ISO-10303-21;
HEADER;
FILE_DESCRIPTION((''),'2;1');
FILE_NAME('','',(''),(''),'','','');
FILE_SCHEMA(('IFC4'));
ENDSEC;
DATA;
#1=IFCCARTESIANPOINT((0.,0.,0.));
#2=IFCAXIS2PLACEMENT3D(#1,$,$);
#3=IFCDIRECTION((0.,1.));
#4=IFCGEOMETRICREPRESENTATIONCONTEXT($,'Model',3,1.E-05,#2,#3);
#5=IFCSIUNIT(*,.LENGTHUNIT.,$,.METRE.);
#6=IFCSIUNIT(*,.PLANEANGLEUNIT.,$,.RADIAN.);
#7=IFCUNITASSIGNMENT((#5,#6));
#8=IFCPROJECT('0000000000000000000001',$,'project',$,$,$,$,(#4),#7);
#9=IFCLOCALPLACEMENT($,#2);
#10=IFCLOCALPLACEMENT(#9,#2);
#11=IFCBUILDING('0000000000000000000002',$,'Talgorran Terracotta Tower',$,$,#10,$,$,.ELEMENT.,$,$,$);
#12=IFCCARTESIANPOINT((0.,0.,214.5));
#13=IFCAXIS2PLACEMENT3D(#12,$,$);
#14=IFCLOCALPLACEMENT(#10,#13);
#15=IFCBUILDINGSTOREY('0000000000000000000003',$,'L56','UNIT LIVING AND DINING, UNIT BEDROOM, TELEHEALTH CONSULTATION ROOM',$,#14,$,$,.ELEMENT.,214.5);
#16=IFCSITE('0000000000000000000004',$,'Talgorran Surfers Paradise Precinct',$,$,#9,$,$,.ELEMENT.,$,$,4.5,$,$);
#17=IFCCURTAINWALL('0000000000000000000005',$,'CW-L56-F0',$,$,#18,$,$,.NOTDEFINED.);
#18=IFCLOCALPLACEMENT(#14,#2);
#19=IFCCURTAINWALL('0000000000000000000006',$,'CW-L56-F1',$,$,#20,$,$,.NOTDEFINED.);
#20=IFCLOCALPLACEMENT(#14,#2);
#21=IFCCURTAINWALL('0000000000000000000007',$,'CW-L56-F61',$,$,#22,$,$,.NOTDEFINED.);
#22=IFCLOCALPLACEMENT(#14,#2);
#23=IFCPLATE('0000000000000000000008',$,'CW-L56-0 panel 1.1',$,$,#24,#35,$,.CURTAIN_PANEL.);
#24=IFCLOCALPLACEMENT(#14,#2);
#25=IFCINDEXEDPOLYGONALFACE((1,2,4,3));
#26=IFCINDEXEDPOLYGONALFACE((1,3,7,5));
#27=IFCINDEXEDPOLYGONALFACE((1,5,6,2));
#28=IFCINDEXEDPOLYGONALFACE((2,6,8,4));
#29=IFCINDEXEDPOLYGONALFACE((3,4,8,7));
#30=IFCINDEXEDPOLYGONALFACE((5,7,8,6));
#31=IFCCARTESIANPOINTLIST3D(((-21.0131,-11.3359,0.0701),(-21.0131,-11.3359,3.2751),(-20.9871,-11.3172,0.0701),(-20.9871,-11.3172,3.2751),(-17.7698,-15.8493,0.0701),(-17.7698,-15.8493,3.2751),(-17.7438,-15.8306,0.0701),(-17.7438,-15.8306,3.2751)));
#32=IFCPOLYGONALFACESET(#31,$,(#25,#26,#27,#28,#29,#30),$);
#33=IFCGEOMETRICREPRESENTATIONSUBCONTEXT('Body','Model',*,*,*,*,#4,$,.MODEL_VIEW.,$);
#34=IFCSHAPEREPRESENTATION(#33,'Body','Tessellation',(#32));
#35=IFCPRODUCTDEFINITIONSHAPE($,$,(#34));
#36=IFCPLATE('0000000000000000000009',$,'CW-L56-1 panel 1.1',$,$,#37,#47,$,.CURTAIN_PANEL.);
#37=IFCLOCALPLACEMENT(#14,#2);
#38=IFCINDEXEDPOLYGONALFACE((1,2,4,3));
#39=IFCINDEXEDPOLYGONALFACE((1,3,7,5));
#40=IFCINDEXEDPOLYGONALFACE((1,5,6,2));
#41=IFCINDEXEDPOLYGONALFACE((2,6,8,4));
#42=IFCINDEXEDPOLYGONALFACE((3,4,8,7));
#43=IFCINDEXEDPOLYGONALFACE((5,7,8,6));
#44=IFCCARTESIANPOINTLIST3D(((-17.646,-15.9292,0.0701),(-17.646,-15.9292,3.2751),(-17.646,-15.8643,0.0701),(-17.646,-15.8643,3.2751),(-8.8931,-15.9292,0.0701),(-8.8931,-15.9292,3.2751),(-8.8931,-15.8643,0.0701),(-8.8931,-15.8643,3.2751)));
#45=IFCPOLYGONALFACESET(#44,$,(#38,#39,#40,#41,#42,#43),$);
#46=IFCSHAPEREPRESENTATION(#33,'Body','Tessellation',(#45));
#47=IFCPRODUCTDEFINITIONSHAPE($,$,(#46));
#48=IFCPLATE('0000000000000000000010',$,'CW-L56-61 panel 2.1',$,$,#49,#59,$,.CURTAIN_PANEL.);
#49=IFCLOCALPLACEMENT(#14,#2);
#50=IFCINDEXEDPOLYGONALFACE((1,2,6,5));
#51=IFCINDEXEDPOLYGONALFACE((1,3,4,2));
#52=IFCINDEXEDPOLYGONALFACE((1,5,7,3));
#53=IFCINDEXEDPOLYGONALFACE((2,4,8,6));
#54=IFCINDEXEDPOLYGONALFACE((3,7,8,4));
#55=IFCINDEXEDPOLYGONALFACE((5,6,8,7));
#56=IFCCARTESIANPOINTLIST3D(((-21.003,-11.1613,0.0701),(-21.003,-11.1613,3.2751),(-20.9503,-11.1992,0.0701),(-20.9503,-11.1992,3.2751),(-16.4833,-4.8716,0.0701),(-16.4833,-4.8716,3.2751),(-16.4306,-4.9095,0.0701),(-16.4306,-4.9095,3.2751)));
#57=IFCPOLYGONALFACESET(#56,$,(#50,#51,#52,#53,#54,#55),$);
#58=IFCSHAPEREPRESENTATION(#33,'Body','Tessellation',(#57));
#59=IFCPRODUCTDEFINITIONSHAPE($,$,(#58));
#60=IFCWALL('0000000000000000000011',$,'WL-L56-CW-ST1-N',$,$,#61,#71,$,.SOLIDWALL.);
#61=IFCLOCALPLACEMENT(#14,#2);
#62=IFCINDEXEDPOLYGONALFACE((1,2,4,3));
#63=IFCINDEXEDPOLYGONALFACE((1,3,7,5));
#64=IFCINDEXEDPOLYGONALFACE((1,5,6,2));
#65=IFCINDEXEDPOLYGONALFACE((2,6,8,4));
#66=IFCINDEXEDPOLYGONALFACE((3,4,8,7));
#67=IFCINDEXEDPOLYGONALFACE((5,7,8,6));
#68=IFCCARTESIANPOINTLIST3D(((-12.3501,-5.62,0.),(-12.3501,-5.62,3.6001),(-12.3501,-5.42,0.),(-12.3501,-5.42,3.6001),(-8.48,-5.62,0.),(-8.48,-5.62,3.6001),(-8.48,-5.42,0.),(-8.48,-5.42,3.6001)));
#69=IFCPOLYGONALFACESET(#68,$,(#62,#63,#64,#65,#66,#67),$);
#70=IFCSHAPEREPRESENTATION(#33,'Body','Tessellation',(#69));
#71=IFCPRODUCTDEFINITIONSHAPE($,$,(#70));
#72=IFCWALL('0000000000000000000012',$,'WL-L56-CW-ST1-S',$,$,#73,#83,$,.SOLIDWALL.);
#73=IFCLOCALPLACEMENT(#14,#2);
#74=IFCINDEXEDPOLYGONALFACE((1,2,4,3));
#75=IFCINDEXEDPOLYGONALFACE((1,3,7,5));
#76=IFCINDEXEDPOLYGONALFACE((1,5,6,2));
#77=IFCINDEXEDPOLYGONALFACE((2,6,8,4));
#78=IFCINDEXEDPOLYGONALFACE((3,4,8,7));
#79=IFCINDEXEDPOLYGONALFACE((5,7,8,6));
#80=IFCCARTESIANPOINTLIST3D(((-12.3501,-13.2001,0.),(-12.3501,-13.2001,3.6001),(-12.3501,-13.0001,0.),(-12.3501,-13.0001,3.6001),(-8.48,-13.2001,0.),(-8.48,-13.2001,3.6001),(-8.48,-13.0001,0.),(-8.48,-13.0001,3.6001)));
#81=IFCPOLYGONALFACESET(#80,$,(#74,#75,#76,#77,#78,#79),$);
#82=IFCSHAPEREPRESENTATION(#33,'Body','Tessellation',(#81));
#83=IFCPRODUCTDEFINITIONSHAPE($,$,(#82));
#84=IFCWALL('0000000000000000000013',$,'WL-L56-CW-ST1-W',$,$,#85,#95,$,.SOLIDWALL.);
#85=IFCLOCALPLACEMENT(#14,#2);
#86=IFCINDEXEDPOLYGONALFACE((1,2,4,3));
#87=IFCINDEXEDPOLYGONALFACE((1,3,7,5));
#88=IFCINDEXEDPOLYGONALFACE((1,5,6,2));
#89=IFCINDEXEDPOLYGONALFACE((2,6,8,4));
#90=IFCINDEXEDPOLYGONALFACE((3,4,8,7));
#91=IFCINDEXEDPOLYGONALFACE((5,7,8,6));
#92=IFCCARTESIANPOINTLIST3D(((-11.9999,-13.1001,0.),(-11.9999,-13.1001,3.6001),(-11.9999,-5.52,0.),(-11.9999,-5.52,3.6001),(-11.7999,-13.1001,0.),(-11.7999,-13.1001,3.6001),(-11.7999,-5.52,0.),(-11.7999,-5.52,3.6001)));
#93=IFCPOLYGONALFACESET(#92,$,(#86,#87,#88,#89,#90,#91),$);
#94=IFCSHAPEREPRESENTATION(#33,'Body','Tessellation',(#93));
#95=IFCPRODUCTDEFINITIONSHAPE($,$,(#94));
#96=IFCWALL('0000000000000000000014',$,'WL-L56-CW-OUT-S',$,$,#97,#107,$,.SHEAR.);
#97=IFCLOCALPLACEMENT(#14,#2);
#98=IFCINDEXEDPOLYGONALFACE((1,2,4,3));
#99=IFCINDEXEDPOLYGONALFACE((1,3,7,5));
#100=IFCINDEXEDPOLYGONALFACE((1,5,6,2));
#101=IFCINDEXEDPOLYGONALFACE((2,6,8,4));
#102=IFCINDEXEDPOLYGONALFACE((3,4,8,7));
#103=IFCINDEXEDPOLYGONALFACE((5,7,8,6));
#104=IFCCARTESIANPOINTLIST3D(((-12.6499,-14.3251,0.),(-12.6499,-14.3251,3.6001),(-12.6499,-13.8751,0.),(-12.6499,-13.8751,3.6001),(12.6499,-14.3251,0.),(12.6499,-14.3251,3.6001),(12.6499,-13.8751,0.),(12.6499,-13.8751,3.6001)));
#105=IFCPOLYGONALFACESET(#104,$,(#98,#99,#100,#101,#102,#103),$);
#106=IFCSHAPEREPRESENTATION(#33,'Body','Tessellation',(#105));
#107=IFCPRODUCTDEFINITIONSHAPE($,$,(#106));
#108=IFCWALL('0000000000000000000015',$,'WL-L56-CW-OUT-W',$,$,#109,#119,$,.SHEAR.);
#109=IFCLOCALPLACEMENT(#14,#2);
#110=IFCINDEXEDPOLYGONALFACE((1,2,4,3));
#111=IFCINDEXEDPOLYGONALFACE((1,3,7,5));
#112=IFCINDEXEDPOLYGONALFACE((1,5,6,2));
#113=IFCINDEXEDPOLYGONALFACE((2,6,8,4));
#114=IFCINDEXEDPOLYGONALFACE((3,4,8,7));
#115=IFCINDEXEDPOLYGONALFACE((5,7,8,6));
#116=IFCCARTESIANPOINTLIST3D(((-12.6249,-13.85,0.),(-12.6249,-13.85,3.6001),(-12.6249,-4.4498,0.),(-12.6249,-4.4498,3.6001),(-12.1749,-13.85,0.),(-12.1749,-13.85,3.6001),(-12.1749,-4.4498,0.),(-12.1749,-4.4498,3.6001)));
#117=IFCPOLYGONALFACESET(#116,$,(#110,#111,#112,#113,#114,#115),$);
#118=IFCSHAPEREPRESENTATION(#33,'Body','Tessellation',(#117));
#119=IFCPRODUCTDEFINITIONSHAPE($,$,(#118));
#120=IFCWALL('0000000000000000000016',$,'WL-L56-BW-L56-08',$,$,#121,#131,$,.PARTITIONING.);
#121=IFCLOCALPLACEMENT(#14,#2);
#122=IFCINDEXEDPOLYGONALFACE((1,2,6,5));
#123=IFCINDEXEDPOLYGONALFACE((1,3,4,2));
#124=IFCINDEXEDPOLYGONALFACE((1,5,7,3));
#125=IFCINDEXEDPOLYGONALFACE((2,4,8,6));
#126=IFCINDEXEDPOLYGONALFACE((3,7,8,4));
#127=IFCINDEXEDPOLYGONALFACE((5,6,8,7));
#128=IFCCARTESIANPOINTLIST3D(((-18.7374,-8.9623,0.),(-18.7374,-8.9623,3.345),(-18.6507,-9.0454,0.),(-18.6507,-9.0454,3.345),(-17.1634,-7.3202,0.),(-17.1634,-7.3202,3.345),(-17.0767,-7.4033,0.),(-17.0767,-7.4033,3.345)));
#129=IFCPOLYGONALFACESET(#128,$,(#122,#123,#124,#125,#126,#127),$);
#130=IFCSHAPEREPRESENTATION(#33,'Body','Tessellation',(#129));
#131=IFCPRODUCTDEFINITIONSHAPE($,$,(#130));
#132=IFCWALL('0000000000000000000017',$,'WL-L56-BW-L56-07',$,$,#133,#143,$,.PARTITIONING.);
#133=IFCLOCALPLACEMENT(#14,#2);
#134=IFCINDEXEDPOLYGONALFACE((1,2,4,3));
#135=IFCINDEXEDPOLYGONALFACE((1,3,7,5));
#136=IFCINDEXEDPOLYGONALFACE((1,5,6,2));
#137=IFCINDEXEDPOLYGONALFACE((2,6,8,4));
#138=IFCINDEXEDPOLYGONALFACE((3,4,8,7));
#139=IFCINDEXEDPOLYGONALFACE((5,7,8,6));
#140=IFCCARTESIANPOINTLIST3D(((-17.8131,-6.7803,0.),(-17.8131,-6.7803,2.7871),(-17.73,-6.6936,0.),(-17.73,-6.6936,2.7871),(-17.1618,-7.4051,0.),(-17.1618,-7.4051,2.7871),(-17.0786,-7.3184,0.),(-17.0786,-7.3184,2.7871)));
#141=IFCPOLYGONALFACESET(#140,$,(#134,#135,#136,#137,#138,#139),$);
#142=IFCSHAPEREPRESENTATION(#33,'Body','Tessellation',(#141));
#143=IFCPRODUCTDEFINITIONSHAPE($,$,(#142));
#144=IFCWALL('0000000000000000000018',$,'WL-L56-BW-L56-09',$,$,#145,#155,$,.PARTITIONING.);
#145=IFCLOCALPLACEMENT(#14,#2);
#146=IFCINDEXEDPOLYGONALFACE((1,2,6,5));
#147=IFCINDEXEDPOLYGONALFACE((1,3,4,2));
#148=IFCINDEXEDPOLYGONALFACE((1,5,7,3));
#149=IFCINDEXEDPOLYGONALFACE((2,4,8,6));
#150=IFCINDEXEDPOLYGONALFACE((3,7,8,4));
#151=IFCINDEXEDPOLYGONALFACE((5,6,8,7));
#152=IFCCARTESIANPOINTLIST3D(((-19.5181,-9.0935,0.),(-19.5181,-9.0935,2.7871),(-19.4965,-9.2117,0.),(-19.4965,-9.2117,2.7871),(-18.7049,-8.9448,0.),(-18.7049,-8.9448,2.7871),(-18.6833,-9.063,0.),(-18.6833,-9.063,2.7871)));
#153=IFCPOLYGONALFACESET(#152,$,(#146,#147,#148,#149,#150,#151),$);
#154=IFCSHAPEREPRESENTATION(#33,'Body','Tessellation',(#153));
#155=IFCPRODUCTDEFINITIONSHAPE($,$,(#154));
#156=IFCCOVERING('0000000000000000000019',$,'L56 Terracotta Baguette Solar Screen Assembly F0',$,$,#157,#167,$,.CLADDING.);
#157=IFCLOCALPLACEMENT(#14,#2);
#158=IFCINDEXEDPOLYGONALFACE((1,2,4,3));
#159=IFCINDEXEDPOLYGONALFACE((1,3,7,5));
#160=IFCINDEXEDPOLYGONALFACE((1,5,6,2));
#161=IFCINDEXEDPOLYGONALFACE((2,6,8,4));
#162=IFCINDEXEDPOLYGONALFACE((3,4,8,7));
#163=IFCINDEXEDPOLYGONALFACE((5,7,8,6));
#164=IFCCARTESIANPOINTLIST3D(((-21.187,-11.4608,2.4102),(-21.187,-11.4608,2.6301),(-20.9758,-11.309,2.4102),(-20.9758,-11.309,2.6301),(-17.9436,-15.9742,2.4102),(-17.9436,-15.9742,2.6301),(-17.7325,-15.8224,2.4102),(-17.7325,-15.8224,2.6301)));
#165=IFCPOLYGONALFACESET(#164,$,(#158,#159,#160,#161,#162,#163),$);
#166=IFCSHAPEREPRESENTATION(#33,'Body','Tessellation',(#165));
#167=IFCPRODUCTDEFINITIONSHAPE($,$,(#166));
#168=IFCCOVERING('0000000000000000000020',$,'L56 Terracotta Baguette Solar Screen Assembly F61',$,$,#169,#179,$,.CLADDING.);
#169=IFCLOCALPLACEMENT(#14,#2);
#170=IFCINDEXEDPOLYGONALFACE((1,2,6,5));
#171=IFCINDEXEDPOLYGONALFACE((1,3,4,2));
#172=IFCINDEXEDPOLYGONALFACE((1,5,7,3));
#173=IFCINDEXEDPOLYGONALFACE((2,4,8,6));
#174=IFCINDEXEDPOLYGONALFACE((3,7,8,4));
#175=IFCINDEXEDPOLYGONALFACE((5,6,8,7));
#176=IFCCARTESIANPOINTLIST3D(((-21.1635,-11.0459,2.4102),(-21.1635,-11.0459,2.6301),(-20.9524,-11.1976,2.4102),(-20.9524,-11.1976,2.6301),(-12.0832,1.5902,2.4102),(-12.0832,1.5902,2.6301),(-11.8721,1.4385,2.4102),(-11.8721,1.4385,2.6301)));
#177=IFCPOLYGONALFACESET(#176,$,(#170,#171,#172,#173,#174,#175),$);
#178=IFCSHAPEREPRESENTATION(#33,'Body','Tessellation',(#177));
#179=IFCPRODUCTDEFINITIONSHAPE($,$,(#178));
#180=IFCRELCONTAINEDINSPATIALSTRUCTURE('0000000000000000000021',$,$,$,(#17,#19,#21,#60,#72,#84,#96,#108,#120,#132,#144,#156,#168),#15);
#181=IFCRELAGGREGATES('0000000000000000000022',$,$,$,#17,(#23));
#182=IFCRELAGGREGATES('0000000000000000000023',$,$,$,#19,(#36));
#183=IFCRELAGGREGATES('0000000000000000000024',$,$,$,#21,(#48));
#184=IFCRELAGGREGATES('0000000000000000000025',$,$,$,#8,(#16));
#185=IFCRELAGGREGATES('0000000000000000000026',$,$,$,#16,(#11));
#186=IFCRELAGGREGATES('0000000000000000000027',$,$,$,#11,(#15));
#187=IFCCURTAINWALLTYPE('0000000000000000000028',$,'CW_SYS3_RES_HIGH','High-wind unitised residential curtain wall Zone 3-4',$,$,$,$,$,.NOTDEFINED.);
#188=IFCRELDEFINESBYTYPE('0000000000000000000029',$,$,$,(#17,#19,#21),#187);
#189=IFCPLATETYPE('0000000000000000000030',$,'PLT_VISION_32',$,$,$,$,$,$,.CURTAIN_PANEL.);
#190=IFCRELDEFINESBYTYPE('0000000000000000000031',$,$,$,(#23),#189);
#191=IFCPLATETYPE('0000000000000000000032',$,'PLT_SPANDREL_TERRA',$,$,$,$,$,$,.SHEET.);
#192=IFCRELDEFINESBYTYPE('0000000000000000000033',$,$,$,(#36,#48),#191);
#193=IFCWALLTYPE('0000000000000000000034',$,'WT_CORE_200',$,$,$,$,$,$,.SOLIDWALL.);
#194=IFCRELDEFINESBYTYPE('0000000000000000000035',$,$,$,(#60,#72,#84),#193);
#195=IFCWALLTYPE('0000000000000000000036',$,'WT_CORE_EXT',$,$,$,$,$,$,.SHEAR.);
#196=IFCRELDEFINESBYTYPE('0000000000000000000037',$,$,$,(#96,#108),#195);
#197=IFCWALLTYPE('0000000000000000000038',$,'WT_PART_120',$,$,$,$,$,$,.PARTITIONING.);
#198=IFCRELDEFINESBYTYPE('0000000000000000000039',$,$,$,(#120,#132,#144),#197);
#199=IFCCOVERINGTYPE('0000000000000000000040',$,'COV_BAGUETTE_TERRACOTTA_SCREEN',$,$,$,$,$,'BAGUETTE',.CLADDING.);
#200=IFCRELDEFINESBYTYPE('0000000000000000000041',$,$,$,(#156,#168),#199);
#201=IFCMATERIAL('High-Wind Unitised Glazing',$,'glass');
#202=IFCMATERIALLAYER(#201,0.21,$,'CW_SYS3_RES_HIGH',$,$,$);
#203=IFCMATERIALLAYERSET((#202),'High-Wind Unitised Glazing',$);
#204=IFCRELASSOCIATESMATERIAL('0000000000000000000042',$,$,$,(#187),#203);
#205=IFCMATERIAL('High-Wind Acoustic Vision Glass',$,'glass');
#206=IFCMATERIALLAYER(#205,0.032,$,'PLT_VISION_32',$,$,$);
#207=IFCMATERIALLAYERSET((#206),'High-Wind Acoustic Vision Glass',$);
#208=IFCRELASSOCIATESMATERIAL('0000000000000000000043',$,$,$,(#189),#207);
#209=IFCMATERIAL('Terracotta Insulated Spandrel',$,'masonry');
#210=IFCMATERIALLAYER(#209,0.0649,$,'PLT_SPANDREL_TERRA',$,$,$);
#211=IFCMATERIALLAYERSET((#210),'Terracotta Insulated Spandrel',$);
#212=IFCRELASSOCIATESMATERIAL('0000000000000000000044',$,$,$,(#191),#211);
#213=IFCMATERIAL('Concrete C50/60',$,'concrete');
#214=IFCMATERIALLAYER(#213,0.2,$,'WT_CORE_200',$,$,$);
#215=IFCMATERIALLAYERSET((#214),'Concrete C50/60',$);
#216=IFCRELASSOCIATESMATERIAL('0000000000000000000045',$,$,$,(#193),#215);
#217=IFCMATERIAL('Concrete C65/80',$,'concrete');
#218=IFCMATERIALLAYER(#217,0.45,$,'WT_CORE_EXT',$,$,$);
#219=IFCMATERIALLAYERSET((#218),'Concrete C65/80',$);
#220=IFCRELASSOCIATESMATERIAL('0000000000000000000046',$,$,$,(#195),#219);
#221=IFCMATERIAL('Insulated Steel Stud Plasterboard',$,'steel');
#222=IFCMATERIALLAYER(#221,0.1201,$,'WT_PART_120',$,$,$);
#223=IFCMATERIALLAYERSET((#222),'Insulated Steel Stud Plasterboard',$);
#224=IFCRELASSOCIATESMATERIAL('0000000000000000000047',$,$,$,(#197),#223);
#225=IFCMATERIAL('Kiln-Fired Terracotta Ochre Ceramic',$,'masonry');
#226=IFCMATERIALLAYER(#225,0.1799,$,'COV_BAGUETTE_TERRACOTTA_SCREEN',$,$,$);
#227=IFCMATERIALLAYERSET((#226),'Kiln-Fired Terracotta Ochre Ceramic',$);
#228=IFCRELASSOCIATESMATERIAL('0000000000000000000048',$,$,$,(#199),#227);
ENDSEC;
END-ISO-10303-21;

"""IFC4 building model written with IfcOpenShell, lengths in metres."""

from ifc_helpers import new_model, si_unit, direction, frame, frame_2d, origin, origin_2d, place, context, subcontext, project, spatial, rectangle, extrude, source, transform, mapped, material, layer, layer_set, type_object, type_shapes, element, aggregate, save


model = new_model("IFC4")

# Units and contexts
model_context = context("Model", 3, precision=1e-05, world=origin(), true_north=direction((0.0, 1.0)))
body_context = subcontext(model_context, "Body", "Model", "MODEL_VIEW")
ifc_project = project(units=[si_unit("LENGTHUNIT", "METRE"), si_unit("PLANEANGLEUNIT", "RADIAN")], contexts=[model_context])

# Site, building, storey
site_placement = place(None, origin())
site = spatial("IfcSite", under=ifc_project, at=site_placement, Name="Talgorran Surfers Paradise Precinct", CompositionType="ELEMENT", RefElevation=4.5)
building_placement = place(site_placement, origin())
building = spatial("IfcBuilding", under=site, at=building_placement, Name="Talgorran Terracotta Tower", CompositionType="ELEMENT")
storey_placement = place(building_placement, frame((0.0, 0.0, 214.5)))
storey = spatial("IfcBuildingStorey", under=building, at=storey_placement, Name="L56", Description="UNIT LIVING AND DINING, UNIT BEDROOM, TELEHEALTH CONSULTATION ROOM", CompositionType="ELEMENT", Elevation=214.5)

# Curtain wall
ifc_material_1 = material(Name="High-Wind Unitised Glazing", Category="glass")
ifc_layer_1 = layer(ifc_material_1, 0.21, Name="CW_SYS3_RES_HIGH")
ifc_layer_set_1 = layer_set([ifc_layer_1], Name="High-Wind Unitised Glazing")
curtain_wall_type = type_object("IfcCurtainWallType", Name="CW_SYS3_RES_HIGH", Description="High-wind unitised residential curtain wall Zone 3-4", PredefinedType="NOTDEFINED", material=ifc_layer_set_1)
curtain_wall_1_placement = place(storey_placement, origin())
curtain_wall_1 = element("IfcCurtainWall", 1, at=curtain_wall_1_placement, inside=storey, type_object=curtain_wall_type, Name="CW-L56-F0", PredefinedType="NOTDEFINED")

# Curtain wall
curtain_wall_2_placement = place(storey_placement, origin())
curtain_wall_2 = element("IfcCurtainWall", 2, at=curtain_wall_2_placement, inside=storey, type_object=curtain_wall_type, Name="CW-L56-F1", PredefinedType="NOTDEFINED")

# Curtain wall
curtain_wall_3_placement = place(storey_placement, origin())
curtain_wall_3 = element("IfcCurtainWall", 3, at=curtain_wall_3_placement, inside=storey, type_object=curtain_wall_type, Name="CW-L56-F61", PredefinedType="NOTDEFINED")

# Plates
ifc_material_2 = material(Name="High-Wind Acoustic Vision Glass", Category="glass")
ifc_layer_2 = layer(ifc_material_2, 0.032, Name="PLT_VISION_32")
ifc_layer_set_2 = layer_set([ifc_layer_2], Name="High-Wind Acoustic Vision Glass")
plate_type_1 = type_object("IfcPlateType", Name="PLT_VISION_32", PredefinedType="CURTAIN_PANEL", material=ifc_layer_set_2)
shared_shape_1 = source(origin(), body_context, "Body", "SweptSolid", [
    extrude(rectangle(XDim=5.5579, YDim=0.032, at=origin_2d()), origin(), (0.0, 0.0, 1.0), 3.2051),
])
type_shapes(plate_type_1, [shared_shape_1])
plate_1_placement = place(storey_placement, frame((-19.3784, -13.5833, 0.0701), z_axis=(0.0, 0.0, 1.0), x_axis=(0.583552, -0.812076, 0.0)))
plate_1 = element("IfcPlate", 4, at=plate_1_placement, type_object=plate_type_1, Name="CW-L56-0 panel 1.1", PredefinedType="CURTAIN_PANEL", context=body_context, shape_type="MappedRepresentation", body=[
    mapped(shared_shape_1, transform((0.0, 0.0, 0.0), scale=1.0)),
])
aggregate(curtain_wall_1, [plate_1])
ifc_material_3 = material(Name="Terracotta Insulated Spandrel", Category="masonry")
ifc_layer_3 = layer(ifc_material_3, 0.0649, Name="PLT_SPANDREL_TERRA")
ifc_layer_set_3 = layer_set([ifc_layer_3], Name="Terracotta Insulated Spandrel")
plate_type_2 = type_object("IfcPlateType", Name="PLT_SPANDREL_TERRA", PredefinedType="SHEET", material=ifc_layer_set_3)
shared_shape_2 = source(origin(), body_context, "Body", "SweptSolid", [
    extrude(rectangle(XDim=8.7529, YDim=0.0649, at=origin_2d()), origin(), (0.0, 0.0, 1.0), 3.2051),
])
plate_2_placement = place(storey_placement, frame((-13.2695, -15.8967, 0.0701), z_axis=(0.0, 0.0, 1.0), x_axis=(1.0, 0.0, 0.0)))
plate_2 = element("IfcPlate", 5, at=plate_2_placement, type_object=plate_type_2, Name="CW-L56-1 panel 1.1", PredefinedType="CURTAIN_PANEL", context=body_context, shape_type="MappedRepresentation", body=[
    mapped(shared_shape_2, transform((0.0, 0.0, 0.0), scale=1.0)),
])
aggregate(curtain_wall_2, [plate_2])
shared_shape_3 = source(origin(), body_context, "Body", "SweptSolid", [
    extrude(rectangle(XDim=7.7451, YDim=0.0649, at=origin_2d()), origin(), (0.0, 0.0, 1.0), 3.2051),
])
type_shapes(plate_type_2, [shared_shape_2, shared_shape_3])
plate_3_placement = place(storey_placement, frame((-18.7168, -8.0354, 0.0701), z_axis=(0.0, 0.0, 1.0), x_axis=(-0.583552, -0.812075, 0.0)))
plate_3 = element("IfcPlate", 6, at=plate_3_placement, type_object=plate_type_2, Name="CW-L56-61 panel 2.1", PredefinedType="CURTAIN_PANEL", context=body_context, shape_type="MappedRepresentation", body=[
    mapped(shared_shape_3, transform((0.0, 0.0, 0.0), scale=1.0)),
])
aggregate(curtain_wall_3, [plate_3])

# Walls
ifc_material_4 = material(Name="Concrete C50/60", Category="concrete")
ifc_layer_4 = layer(ifc_material_4, 0.2, Name="WT_CORE_200")
ifc_layer_set_4 = layer_set([ifc_layer_4], Name="Concrete C50/60")
wall_type_1 = type_object("IfcWallType", Name="WT_CORE_200", PredefinedType="SOLIDWALL", material=ifc_layer_set_4)
for number, where, z_axis, x_axis, name in (
    (7, (-12.3501, -5.52, 0.0), (0.0, 0.0, 1.0), (1.0, 0.0, 0.0), "WL-L56-CW-ST1-N"),
    (8, (-12.3501, -13.1001, 0.0), (0.0, 0.0, 1.0), (1.0, 0.0, 0.0), "WL-L56-CW-ST1-S"),
):
    element("IfcWall", number, at=place(storey_placement, frame(where, z_axis=z_axis, x_axis=x_axis)), inside=storey, type_object=wall_type_1, Name=name, PredefinedType="SOLIDWALL", context=body_context, shape_type="SweptSolid", body=[
        extrude(rectangle(XDim=3.8701, YDim=0.2, at=frame_2d((1.9351, 0.0))), origin(), (0.0, 0.0, 1.0), 3.6001),
    ])
wall_1_placement = place(storey_placement, frame((-11.8999, -13.1001, 0.0), z_axis=(0.0, 0.0, 1.0), x_axis=(0.0, 1.0, 0.0)))
element("IfcWall", 9, at=wall_1_placement, inside=storey, type_object=wall_type_1, Name="WL-L56-CW-ST1-W", PredefinedType="SOLIDWALL", context=body_context, shape_type="SweptSolid", body=[
    extrude(rectangle(XDim=7.5801, YDim=0.2, at=frame_2d((3.79, 0.0))), origin(), (0.0, 0.0, 1.0), 3.6001),
])
ifc_material_5 = material(Name="Concrete C65/80", Category="concrete")
ifc_layer_5 = layer(ifc_material_5, 0.45, Name="WT_CORE_EXT")
ifc_layer_set_5 = layer_set([ifc_layer_5], Name="Concrete C65/80")
wall_type_2 = type_object("IfcWallType", Name="WT_CORE_EXT", PredefinedType="SHEAR", material=ifc_layer_set_5)
wall_2_placement = place(storey_placement, frame((-12.6499, -14.1001, 0.0), z_axis=(0.0, 0.0, 1.0), x_axis=(1.0, 0.0, 0.0)))
element("IfcWall", 10, at=wall_2_placement, inside=storey, type_object=wall_type_2, Name="WL-L56-CW-OUT-S", PredefinedType="SHEAR", context=body_context, shape_type="SweptSolid", body=[
    extrude(rectangle(XDim=25.2998, YDim=0.45, at=frame_2d((12.6499, 0.0))), origin(), (0.0, 0.0, 1.0), 3.6001),
])
wall_3_placement = place(storey_placement, frame((-12.3999, -13.8501, 0.0), z_axis=(0.0, 0.0, 1.0), x_axis=(0.0, 1.0, 0.0)))
element("IfcWall", 11, at=wall_3_placement, inside=storey, type_object=wall_type_2, Name="WL-L56-CW-OUT-W", PredefinedType="SHEAR", context=body_context, shape_type="SweptSolid", body=[
    extrude(rectangle(XDim=9.4001, YDim=0.45, at=frame_2d((4.7002, 0.0))), origin(), (0.0, 0.0, 1.0), 3.6001),
])
ifc_material_6 = material(Name="Insulated Steel Stud Plasterboard", Category="steel")
ifc_layer_6 = layer(ifc_material_6, 0.1201, Name="WT_PART_120")
ifc_layer_set_6 = layer_set([ifc_layer_6], Name="Insulated Steel Stud Plasterboard")
wall_type_3 = type_object("IfcWallType", Name="WT_PART_120", PredefinedType="PARTITIONING", material=ifc_layer_set_6)
wall_4_placement = place(storey_placement, frame((-17.1201, -7.3618, 0.0), z_axis=(0.0, 0.0, 1.0), x_axis=(-0.691975, -0.721921, 0.0)))
element("IfcWall", 12, at=wall_4_placement, inside=storey, type_object=wall_type_3, Name="WL-L56-BW-L56-08", PredefinedType="PARTITIONING", context=body_context, shape_type="SweptSolid", body=[
    extrude(rectangle(XDim=2.2747, YDim=0.1201, at=frame_2d((1.1372, 0.0))), origin(), (0.0, 0.0, 1.0), 3.345),
])
wall_5_placement = place(storey_placement, frame((-17.7715, -6.7371, 0.0), z_axis=(0.0, 0.0, 1.0), x_axis=(0.721695, -0.692211, 0.0)))
element("IfcWall", 13, at=wall_5_placement, inside=storey, type_object=wall_type_3, Name="WL-L56-BW-L56-07", PredefinedType="PARTITIONING", context=body_context, shape_type="SweptSolid", body=[
    extrude(rectangle(XDim=0.9026, YDim=0.1201, at=frame_2d((0.4512, 0.0))), origin(), (0.0, 0.0, 1.0), 2.7871),
])
wall_6_placement = place(storey_placement, frame((-18.6941, -9.0039, 0.0), z_axis=(0.0, 0.0, 1.0), x_axis=(-0.983695, -0.179847, 0.0)))
element("IfcWall", 14, at=wall_6_placement, inside=storey, type_object=wall_type_3, Name="WL-L56-BW-L56-09", PredefinedType="PARTITIONING", context=body_context, shape_type="SweptSolid", body=[
    extrude(rectangle(XDim=0.8267, YDim=0.1201, at=frame_2d((0.4133, 0.0))), origin(), (0.0, 0.0, 1.0), 2.7871),
])

# Coverings
ifc_material_7 = material(Name="Kiln-Fired Terracotta Ochre Ceramic", Category="masonry")
ifc_layer_7 = layer(ifc_material_7, 0.1799, Name="COV_BAGUETTE_TERRACOTTA_SCREEN")
ifc_layer_set_7 = layer_set([ifc_layer_7], Name="Kiln-Fired Terracotta Ochre Ceramic")
covering_type_1 = type_object("IfcCoveringType", Name="COV_BAGUETTE_TERRACOTTA_SCREEN", ElementType="BAGUETTE", PredefinedType="CLADDING", material=ifc_layer_set_7)
covering_1_placement = place(storey_placement, frame((-19.4597, -13.6416, 2.4102), z_axis=(0.0, 0.0, 1.0), x_axis=(0.583555, -0.812073, 0.0)))
element("IfcCovering", 15, at=covering_1_placement, inside=storey, type_object=covering_type_1, Name="L56 Terracotta Baguette Solar Screen Assembly F0", PredefinedType="CLADDING", context=body_context, shape_type="SweptSolid", body=[
    extrude(rectangle(XDim=5.5579, YDim=0.26, at=origin_2d()), origin(), (0.0, 0.0, 1.0), 0.22),
])
covering_2_placement = place(storey_placement, frame((-16.5178, -4.8037, 2.4102), z_axis=(0.0, 0.0, 1.0), x_axis=(-0.583555, -0.812073, 0.0)))
element("IfcCovering", 16, at=covering_2_placement, inside=storey, type_object=covering_type_1, Name="L56 Terracotta Baguette Solar Screen Assembly F61", PredefinedType="CLADDING", context=body_context, shape_type="SweptSolid", body=[
    extrude(rectangle(XDim=15.5603, YDim=0.26, at=origin_2d()), origin(), (0.0, 0.0, 1.0), 0.22),
])

save(model, "model.ifc")
